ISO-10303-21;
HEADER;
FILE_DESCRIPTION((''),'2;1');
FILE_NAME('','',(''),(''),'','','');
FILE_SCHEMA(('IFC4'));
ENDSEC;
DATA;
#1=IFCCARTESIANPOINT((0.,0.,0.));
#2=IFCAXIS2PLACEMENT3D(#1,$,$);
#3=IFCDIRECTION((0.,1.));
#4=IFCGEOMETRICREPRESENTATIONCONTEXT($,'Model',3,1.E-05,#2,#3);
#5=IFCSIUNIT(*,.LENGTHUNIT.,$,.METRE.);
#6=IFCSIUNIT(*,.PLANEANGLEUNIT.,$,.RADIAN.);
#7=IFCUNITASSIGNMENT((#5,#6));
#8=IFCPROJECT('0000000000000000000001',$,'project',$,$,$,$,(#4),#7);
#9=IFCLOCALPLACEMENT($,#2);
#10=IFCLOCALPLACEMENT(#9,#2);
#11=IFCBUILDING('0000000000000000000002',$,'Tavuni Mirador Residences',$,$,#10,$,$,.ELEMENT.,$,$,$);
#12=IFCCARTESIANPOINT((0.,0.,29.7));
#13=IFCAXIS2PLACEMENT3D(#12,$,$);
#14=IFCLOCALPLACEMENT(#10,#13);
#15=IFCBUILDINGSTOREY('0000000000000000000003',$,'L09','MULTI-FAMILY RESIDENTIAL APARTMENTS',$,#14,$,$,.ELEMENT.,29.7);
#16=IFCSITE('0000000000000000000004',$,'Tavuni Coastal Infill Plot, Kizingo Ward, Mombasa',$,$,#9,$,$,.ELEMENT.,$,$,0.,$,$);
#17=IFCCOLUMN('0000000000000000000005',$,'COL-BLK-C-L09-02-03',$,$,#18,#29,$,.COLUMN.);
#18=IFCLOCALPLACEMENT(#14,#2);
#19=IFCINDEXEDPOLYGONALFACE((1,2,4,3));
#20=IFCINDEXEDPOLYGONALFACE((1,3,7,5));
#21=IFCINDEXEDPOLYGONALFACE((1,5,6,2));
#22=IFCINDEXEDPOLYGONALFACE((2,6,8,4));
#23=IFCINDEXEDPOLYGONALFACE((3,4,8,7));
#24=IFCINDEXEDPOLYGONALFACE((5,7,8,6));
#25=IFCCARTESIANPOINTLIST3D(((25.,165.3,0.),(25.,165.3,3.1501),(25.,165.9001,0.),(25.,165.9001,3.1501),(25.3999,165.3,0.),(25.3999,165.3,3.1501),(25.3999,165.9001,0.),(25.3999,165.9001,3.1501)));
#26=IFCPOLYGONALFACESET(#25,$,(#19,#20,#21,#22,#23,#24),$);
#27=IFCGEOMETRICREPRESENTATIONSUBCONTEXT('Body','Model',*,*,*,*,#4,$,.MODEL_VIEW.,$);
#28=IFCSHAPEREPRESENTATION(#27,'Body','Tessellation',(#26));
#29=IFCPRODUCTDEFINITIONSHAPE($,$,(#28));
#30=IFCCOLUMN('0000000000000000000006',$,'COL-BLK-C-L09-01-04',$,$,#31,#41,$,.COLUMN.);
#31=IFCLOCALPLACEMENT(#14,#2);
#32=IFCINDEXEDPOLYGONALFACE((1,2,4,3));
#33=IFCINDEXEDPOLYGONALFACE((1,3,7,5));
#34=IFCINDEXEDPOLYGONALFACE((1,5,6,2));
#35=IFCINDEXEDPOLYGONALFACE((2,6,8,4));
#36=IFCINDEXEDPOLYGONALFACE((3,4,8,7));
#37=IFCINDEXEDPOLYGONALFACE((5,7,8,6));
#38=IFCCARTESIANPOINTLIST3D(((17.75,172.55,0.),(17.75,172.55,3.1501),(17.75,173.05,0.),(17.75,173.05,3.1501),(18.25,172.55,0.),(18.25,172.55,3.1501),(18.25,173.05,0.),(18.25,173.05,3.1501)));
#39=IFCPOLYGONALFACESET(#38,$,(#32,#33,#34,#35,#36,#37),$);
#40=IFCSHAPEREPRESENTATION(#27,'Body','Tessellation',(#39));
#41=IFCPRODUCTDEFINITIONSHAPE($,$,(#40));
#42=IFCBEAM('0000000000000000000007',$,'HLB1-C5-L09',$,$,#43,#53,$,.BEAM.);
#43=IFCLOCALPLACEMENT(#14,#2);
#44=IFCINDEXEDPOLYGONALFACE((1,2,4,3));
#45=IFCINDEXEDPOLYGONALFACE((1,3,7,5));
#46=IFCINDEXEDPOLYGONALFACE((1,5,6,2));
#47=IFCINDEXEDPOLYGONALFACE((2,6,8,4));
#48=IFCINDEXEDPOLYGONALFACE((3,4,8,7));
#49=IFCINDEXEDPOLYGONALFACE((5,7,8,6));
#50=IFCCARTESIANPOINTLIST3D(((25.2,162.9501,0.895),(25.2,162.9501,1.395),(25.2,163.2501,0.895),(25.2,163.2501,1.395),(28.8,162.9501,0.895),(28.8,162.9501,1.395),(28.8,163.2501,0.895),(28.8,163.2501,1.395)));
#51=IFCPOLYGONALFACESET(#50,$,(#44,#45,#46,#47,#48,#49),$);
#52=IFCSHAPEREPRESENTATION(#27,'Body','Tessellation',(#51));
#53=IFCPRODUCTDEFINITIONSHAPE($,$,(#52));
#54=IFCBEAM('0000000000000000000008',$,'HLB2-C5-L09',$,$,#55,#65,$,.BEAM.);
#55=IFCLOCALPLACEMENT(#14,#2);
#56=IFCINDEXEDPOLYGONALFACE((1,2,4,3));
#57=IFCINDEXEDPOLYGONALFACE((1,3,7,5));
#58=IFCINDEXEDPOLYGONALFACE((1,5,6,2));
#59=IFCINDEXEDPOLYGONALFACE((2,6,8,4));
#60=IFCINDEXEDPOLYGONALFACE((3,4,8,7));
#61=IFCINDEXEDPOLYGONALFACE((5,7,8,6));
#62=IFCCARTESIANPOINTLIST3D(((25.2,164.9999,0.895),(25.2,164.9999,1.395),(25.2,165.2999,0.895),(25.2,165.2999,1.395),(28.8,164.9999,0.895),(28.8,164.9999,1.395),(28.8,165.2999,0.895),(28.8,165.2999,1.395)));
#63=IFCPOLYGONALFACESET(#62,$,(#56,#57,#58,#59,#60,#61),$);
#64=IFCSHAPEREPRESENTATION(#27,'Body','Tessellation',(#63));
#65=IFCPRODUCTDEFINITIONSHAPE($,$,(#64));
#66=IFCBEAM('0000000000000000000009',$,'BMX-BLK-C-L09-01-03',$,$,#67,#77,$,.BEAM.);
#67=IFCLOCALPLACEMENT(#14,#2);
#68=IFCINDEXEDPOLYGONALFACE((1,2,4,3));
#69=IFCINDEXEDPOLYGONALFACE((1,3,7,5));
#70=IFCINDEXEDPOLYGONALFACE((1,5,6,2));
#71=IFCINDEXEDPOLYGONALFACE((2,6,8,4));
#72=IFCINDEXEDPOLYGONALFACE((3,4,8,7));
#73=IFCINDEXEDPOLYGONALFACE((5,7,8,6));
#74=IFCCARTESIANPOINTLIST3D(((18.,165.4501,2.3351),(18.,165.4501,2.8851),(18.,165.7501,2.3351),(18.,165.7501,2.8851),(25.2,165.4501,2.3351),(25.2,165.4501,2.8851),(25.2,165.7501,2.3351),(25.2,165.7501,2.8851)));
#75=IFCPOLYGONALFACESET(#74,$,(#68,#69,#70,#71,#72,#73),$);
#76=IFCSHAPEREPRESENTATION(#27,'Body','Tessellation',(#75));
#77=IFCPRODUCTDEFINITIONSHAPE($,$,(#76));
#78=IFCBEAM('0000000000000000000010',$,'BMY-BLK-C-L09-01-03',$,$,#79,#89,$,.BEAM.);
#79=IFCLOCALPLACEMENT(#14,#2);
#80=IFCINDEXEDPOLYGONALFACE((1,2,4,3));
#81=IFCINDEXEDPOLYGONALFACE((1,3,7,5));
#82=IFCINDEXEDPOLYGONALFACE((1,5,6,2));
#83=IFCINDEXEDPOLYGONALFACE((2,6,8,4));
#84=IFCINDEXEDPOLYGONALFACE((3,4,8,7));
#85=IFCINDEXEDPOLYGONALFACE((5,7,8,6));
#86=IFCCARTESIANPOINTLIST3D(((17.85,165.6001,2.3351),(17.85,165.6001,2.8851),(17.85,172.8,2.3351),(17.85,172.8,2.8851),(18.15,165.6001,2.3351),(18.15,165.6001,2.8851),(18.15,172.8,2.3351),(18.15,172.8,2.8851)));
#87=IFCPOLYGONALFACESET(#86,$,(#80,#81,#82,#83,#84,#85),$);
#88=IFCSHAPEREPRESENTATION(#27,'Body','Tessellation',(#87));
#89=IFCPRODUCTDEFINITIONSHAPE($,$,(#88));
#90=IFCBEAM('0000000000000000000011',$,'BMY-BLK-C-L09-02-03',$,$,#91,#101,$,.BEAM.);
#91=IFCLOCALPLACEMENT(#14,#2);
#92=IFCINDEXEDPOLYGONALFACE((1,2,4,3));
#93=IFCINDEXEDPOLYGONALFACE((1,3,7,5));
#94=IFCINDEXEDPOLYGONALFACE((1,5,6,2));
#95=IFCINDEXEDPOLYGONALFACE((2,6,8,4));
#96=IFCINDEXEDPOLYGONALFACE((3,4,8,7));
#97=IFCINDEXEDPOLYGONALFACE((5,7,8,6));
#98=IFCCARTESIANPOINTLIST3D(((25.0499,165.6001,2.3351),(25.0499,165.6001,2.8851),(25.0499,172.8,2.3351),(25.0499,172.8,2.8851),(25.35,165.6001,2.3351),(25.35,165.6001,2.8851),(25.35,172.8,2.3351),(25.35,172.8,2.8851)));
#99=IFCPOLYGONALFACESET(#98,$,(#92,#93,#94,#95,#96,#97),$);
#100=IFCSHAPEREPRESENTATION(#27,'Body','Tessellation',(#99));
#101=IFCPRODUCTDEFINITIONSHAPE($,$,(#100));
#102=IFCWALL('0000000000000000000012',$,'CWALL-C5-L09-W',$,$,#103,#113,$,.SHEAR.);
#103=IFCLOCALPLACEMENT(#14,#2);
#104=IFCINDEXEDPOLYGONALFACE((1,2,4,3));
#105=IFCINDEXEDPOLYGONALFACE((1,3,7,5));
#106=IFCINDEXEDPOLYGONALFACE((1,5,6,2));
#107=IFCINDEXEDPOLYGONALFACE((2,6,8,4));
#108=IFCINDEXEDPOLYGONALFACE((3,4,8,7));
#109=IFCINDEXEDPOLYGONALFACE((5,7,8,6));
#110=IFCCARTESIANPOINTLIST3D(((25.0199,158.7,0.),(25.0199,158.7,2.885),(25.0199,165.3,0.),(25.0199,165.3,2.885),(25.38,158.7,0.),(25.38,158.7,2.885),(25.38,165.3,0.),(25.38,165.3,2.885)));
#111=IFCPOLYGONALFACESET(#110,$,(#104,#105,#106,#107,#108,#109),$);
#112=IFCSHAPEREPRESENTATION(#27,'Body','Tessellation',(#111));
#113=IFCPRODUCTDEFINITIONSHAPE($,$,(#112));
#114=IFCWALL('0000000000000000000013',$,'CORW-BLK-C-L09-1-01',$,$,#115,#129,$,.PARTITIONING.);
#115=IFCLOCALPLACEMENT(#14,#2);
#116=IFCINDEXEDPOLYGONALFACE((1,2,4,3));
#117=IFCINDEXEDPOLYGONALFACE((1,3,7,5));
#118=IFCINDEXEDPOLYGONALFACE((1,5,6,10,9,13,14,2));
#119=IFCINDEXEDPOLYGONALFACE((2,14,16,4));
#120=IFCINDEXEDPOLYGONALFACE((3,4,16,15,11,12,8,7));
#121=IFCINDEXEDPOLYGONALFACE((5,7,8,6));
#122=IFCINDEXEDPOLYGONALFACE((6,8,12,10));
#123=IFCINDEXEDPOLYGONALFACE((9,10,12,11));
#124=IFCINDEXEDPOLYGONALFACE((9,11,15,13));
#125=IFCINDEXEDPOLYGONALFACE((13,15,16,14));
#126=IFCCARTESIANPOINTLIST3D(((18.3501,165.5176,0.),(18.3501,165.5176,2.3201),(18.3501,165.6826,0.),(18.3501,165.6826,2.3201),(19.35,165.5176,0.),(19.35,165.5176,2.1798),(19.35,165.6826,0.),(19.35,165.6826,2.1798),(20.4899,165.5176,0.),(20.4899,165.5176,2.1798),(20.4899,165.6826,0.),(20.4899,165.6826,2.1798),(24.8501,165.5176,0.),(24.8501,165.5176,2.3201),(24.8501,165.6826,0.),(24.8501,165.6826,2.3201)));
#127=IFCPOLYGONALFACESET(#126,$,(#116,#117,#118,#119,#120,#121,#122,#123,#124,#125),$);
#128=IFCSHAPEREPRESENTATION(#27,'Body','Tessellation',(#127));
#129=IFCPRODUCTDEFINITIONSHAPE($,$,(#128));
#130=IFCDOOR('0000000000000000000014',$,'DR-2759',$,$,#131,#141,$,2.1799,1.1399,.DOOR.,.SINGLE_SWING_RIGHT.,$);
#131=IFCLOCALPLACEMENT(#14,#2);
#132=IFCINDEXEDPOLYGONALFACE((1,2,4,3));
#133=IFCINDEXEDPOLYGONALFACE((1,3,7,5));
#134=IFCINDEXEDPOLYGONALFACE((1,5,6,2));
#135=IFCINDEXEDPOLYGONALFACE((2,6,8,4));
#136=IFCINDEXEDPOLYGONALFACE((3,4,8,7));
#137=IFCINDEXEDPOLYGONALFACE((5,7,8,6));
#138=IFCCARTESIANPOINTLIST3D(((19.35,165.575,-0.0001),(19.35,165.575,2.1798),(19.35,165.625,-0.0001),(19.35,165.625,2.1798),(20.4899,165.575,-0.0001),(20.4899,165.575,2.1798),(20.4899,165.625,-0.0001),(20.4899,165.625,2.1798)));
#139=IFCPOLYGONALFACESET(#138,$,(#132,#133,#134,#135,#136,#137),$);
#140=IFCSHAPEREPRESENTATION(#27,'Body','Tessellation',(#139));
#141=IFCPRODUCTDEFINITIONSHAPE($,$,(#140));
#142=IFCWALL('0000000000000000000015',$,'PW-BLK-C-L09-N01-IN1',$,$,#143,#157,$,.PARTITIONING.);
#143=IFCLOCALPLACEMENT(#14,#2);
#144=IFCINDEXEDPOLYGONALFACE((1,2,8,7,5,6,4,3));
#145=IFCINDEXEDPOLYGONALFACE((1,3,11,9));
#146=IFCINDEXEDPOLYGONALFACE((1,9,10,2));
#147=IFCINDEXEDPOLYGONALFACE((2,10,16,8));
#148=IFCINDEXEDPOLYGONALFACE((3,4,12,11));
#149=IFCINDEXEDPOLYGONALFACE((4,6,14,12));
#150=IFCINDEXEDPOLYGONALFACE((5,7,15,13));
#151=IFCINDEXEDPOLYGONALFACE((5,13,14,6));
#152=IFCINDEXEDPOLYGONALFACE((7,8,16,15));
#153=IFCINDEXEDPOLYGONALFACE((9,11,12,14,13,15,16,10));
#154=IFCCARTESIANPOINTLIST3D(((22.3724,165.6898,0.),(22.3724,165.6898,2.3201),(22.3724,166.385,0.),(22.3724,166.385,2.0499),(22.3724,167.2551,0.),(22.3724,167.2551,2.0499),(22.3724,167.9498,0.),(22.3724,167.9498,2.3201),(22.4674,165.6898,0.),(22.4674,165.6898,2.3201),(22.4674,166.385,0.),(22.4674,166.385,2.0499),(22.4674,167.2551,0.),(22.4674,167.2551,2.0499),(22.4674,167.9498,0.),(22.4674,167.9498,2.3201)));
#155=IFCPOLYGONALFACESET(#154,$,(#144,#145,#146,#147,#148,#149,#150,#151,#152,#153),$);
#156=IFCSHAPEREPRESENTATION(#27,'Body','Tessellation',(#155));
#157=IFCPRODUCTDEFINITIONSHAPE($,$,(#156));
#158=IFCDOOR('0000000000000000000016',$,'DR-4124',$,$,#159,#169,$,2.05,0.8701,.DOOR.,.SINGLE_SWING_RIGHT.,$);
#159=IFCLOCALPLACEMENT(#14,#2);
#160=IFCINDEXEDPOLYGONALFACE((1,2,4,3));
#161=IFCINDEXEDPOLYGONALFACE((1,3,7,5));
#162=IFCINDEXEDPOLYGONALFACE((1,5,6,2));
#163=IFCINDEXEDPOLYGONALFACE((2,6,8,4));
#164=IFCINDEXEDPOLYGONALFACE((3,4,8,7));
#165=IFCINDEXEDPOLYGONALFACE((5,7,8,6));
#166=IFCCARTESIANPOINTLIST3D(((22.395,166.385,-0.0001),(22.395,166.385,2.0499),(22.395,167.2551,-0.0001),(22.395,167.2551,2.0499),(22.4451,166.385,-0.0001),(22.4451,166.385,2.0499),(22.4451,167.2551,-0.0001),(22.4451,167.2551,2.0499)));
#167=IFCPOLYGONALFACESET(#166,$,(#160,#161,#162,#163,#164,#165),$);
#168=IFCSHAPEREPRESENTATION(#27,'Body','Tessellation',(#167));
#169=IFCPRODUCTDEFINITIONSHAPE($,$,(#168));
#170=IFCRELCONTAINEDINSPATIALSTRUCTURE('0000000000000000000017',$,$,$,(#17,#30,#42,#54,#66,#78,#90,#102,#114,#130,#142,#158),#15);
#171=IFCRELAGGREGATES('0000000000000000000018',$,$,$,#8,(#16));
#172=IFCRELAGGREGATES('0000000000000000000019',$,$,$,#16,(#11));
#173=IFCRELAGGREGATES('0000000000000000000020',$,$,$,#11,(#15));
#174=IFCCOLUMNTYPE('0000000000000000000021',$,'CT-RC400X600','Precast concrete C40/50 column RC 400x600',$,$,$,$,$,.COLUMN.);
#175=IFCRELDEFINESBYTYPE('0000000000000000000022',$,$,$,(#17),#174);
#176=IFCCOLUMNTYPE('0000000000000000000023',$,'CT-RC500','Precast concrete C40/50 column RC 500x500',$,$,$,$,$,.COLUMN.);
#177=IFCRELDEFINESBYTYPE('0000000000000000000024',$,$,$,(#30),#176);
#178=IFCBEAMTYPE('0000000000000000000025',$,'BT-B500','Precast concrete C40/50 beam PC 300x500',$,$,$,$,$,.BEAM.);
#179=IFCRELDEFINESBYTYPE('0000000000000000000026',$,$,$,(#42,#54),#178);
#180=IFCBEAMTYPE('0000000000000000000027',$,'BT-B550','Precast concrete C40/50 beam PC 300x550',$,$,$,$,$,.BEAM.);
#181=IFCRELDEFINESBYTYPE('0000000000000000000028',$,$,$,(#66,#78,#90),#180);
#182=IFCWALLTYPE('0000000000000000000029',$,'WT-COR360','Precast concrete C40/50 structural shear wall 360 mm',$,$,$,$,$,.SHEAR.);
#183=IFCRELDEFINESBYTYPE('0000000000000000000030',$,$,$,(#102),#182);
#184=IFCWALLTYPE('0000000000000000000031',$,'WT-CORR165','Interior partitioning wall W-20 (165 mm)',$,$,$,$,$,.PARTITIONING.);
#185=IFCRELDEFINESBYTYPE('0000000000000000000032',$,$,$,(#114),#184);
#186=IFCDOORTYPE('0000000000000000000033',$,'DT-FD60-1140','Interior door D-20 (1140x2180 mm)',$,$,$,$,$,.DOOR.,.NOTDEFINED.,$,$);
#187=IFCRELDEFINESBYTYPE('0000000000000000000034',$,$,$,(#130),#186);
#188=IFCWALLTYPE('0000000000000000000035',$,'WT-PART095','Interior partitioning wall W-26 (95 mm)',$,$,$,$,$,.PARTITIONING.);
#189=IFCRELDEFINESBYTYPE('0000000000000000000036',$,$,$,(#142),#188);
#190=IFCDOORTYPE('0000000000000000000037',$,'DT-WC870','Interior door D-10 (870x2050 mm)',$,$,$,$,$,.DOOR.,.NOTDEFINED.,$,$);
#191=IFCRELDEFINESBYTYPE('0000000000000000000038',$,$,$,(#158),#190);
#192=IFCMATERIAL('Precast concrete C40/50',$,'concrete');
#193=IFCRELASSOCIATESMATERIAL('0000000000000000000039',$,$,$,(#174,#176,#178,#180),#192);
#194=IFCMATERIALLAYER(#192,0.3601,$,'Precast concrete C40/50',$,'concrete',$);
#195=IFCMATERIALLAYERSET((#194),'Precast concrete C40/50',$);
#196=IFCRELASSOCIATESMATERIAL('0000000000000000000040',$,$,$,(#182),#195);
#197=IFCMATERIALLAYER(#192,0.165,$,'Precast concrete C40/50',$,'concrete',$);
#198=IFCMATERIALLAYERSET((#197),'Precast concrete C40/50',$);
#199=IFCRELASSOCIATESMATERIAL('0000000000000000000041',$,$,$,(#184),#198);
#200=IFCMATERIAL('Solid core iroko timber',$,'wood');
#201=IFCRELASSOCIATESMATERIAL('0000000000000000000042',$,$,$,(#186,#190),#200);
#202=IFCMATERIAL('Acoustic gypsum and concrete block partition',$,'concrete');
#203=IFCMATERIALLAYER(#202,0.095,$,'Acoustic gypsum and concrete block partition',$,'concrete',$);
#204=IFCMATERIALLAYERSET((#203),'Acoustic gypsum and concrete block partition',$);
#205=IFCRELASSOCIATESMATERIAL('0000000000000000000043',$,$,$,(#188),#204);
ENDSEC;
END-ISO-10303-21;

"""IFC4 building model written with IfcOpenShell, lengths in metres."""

from ifc_helpers import new_model, si_unit, direction, frame, frame_2d, origin, origin_2d, place, context, subcontext, project, spatial, rectangle, extrude, material, layer, layer_set, material_profile, profile_set, type_object, element, fill, save


model = new_model("IFC4")

# Units and contexts
model_context = context("Model", 3, precision=1e-05, world=origin(), true_north=direction((0.0, 1.0)))
body_context = subcontext(model_context, "Body", "Model", "MODEL_VIEW")
ifc_project = project(units=[si_unit("LENGTHUNIT", "METRE"), si_unit("PLANEANGLEUNIT", "RADIAN")], contexts=[model_context])

# Site, building, storey
site_placement = place(None, origin())
site = spatial("IfcSite", under=ifc_project, at=site_placement, Name="Tavuni Coastal Infill Plot, Kizingo Ward, Mombasa", CompositionType="ELEMENT", RefElevation=0.0)
building_placement = place(site_placement, origin())
building = spatial("IfcBuilding", under=site, at=building_placement, Name="Tavuni Mirador Residences", CompositionType="ELEMENT")
storey_placement = place(building_placement, frame((0.0, 0.0, 29.7)))
storey = spatial("IfcBuildingStorey", under=building, at=storey_placement, Name="L09", Description="MULTI-FAMILY RESIDENTIAL APARTMENTS", CompositionType="ELEMENT", Elevation=29.7)

# Columns
ifc_material_1 = material(Name="Precast concrete C40/50", Category="concrete")
ifc_material_profile_1 = material_profile(ifc_material_1, rectangle(XDim=0.3999, YDim=0.6001, at=origin_2d()), Name="RC 400x600", Category="concrete")
ifc_profile_set_1 = profile_set([ifc_material_profile_1], Name="Precast concrete C40/50")
column_type_1 = type_object("IfcColumnType", Name="CT-RC400X600", Description="Precast concrete C40/50 column RC 400x600", PredefinedType="COLUMN", material=ifc_profile_set_1)
column_1_placement = place(storey_placement, frame((25.2, 165.6001, 0.0), z_axis=(0.0, 0.0, 1.0), x_axis=(1.0, 0.0, 0.0)))
element("IfcColumn", 1, at=column_1_placement, inside=storey, type_object=column_type_1, Name="COL-BLK-C-L09-02-03", PredefinedType="COLUMN", context=body_context, shape_type="SweptSolid", body=[
    extrude(rectangle(XDim=0.3999, YDim=0.6001, at=origin_2d()), origin(), (0.0, 0.0, 1.0), 3.1501),
])
ifc_material_profile_2 = material_profile(ifc_material_1, rectangle(XDim=0.5, YDim=0.5, at=origin_2d()), Name="RC 500x500", Category="concrete")
ifc_profile_set_2 = profile_set([ifc_material_profile_2], Name="Precast concrete C40/50")
column_type_2 = type_object("IfcColumnType", Name="CT-RC500", Description="Precast concrete C40/50 column RC 500x500", PredefinedType="COLUMN", material=ifc_profile_set_2)
column_2_placement = place(storey_placement, frame((18.0, 172.8, 0.0), z_axis=(0.0, 0.0, 1.0), x_axis=(1.0, 0.0, 0.0)))
element("IfcColumn", 2, at=column_2_placement, inside=storey, type_object=column_type_2, Name="COL-BLK-C-L09-01-04", PredefinedType="COLUMN", context=body_context, shape_type="SweptSolid", body=[
    extrude(rectangle(XDim=0.5, YDim=0.5, at=origin_2d()), origin(), (0.0, 0.0, 1.0), 3.1501),
])

# Beams
ifc_material_profile_3 = material_profile(ifc_material_1, rectangle(XDim=0.3, YDim=0.5, at=origin_2d()), Name="PC 300x500", Category="concrete")
ifc_profile_set_3 = profile_set([ifc_material_profile_3], Name="Precast concrete C40/50")
beam_type_1 = type_object("IfcBeamType", Name="BT-B500", Description="Precast concrete C40/50 beam PC 300x500", PredefinedType="BEAM", material=ifc_profile_set_3)
for number, where, z_axis, x_axis, name in (
    (3, (25.2, 163.1001, 1.145), (1.0, 0.0, 0.0), (0.0, 1.0, 0.0), "HLB1-C5-L09"),
    (4, (25.2, 165.1499, 1.145), (1.0, 0.0, 0.0), (0.0, 1.0, 0.0), "HLB2-C5-L09"),
):
    element("IfcBeam", number, at=place(storey_placement, frame(where, z_axis=z_axis, x_axis=x_axis)), inside=storey, type_object=beam_type_1, Name=name, PredefinedType="BEAM", context=body_context, shape_type="SweptSolid", body=[
        extrude(rectangle(XDim=0.3, YDim=0.5, at=origin_2d()), origin(), (0.0, 0.0, 1.0), 3.6001),
    ])
ifc_material_profile_4 = material_profile(ifc_material_1, rectangle(XDim=0.3, YDim=0.55, at=origin_2d()), Name="PC 300x550", Category="concrete")
ifc_profile_set_4 = profile_set([ifc_material_profile_4], Name="Precast concrete C40/50")
beam_type_2 = type_object("IfcBeamType", Name="BT-B550", Description="Precast concrete C40/50 beam PC 300x550", PredefinedType="BEAM", material=ifc_profile_set_4)
for number, where, z_axis, x_axis, name in (
    (5, (18.0, 165.6001, 2.6101), (1.0, 0.0, 0.0), (0.0, 1.0, 0.0), "BMX-BLK-C-L09-01-03"),
    (6, (18.0, 165.6001, 2.6101), (0.0, 1.0, 0.0), (-1.0, 0.0, 0.0), "BMY-BLK-C-L09-01-03"),
    (7, (25.2, 165.6001, 2.6101), (0.0, 1.0, 0.0), (-1.0, 0.0, 0.0), "BMY-BLK-C-L09-02-03"),
):
    element("IfcBeam", number, at=place(storey_placement, frame(where, z_axis=z_axis, x_axis=x_axis)), inside=storey, type_object=beam_type_2, Name=name, PredefinedType="BEAM", context=body_context, shape_type="SweptSolid", body=[
        extrude(rectangle(XDim=0.3, YDim=0.55, at=origin_2d()), origin(), (0.0, 0.0, 1.0), 7.2),
    ])

# Wall
ifc_layer_1 = layer(ifc_material_1, 0.3601, Name="Precast concrete C40/50", Category="concrete")
ifc_layer_set_1 = layer_set([ifc_layer_1], Name="Precast concrete C40/50")
wall_type_1 = type_object("IfcWallType", Name="WT-COR360", Description="Precast concrete C40/50 structural shear wall 360 mm", PredefinedType="SHEAR", material=ifc_layer_set_1)
wall_1_placement = place(storey_placement, frame((25.2, 158.7, 0.0), z_axis=(0.0, 0.0, 1.0), x_axis=(0.0, 1.0, 0.0)))
element("IfcWall", 8, at=wall_1_placement, inside=storey, type_object=wall_type_1, Name="CWALL-C5-L09-W", PredefinedType="SHEAR", context=body_context, shape_type="SweptSolid", body=[
    extrude(rectangle(XDim=6.6001, YDim=0.3601, at=frame_2d((3.3, 0.0))), origin(), (0.0, 0.0, 1.0), 2.885),
])

# Walls, openings, doors
ifc_layer_2 = layer(ifc_material_1, 0.165, Name="Precast concrete C40/50", Category="concrete")
ifc_layer_set_2 = layer_set([ifc_layer_2], Name="Precast concrete C40/50")
wall_type_2 = type_object("IfcWallType", Name="WT-CORR165", Description="Interior partitioning wall W-20 (165 mm)", PredefinedType="PARTITIONING", material=ifc_layer_set_2)
wall_2_placement = place(storey_placement, frame((18.3501, 165.6001, 0.0), z_axis=(0.0, 0.0, 1.0), x_axis=(1.0, 0.0, 0.0)))
wall_2 = element("IfcWall", 9, at=wall_2_placement, inside=storey, type_object=wall_type_2, Name="CORW-BLK-C-L09-1-01", PredefinedType="PARTITIONING", context=body_context, shape_type="SweptSolid", body=[
    extrude(rectangle(XDim=6.5, YDim=0.165, at=frame_2d((3.25, 0.0))), origin(), (0.0, 0.0, 1.0), 2.3201),
])
opening_1_placement = place(wall_2_placement, frame((1.0, 0.0, 0.0)))
opening_1 = element("IfcOpeningElement", 10, at=opening_1_placement, cuts=wall_2, PredefinedType="OPENING", context=body_context, shape_type="SweptSolid", body=[
    extrude(rectangle(XDim=1.1399, YDim=2.1799, at=frame_2d((0.5698, 1.0898))), frame((0.0, 0.0925, 0.0), z_axis=(0.0, -1.0, 0.0), x_axis=(1.0, 0.0, 0.0)), (0.0, 0.0, 1.0), 0.1851),
])
ifc_material_2 = material(Name="Solid core iroko timber", Category="wood")
door_type_1 = type_object("IfcDoorType", Name="DT-FD60-1140", Description="Interior door D-20 (1140x2180 mm)", OperationType="NOTDEFINED", PredefinedType="DOOR", material=ifc_material_2)
door_1_placement = place(opening_1_placement, origin())
door_1 = element("IfcDoor", 11, at=door_1_placement, inside=storey, type_object=door_type_1, Name="DR-2759", OperationType="SINGLE_SWING_RIGHT", OverallHeight=2.1799, OverallWidth=1.1399, PredefinedType="DOOR", context=body_context, shape_type="SweptSolid", body=[
    extrude(rectangle(XDim=1.1399, YDim=2.1799, at=frame_2d((0.5698, 1.0898))), frame((0.0, 0.0249, 0.0), z_axis=(0.0, -1.0, 0.0), x_axis=(1.0, 0.0, 0.0)), (0.0, 0.0, 1.0), 0.05),
])
fill(opening_1, door_1)
ifc_material_3 = material(Name="Acoustic gypsum and concrete block partition", Category="concrete")
ifc_layer_3 = layer(ifc_material_3, 0.095, Name="Acoustic gypsum and concrete block partition", Category="concrete")
ifc_layer_set_3 = layer_set([ifc_layer_3], Name="Acoustic gypsum and concrete block partition")
wall_type_3 = type_object("IfcWallType", Name="WT-PART095", Description="Interior partitioning wall W-26 (95 mm)", PredefinedType="PARTITIONING", material=ifc_layer_set_3)
wall_3_placement = place(storey_placement, frame((22.4199, 165.6899, 0.0), z_axis=(0.0, 0.0, 1.0), x_axis=(0.0, 1.0, 0.0)))
wall_3 = element("IfcWall", 12, at=wall_3_placement, inside=storey, type_object=wall_type_3, Name="PW-BLK-C-L09-N01-IN1", PredefinedType="PARTITIONING", context=body_context, shape_type="SweptSolid", body=[
    extrude(rectangle(XDim=2.26, YDim=0.095, at=frame_2d((1.1299, 0.0))), origin(), (0.0, 0.0, 1.0), 2.3201),
])
opening_2_placement = place(wall_3_placement, frame((0.6951, 0.0, 0.0)))
opening_2 = element("IfcOpeningElement", 13, at=opening_2_placement, cuts=wall_3, PredefinedType="OPENING", context=body_context, shape_type="SweptSolid", body=[
    extrude(rectangle(XDim=0.8701, YDim=2.05, at=frame_2d((0.4351, 1.0249))), frame((0.0, 0.0576, 0.0), z_axis=(0.0, -1.0, 0.0), x_axis=(1.0, 0.0, 0.0)), (0.0, 0.0, 1.0), 0.115),
])
door_type_2 = type_object("IfcDoorType", Name="DT-WC870", Description="Interior door D-10 (870x2050 mm)", OperationType="NOTDEFINED", PredefinedType="DOOR", material=ifc_material_2)
door_2_placement = place(opening_2_placement, origin())
door_2 = element("IfcDoor", 14, at=door_2_placement, inside=storey, type_object=door_type_2, Name="DR-4124", OperationType="SINGLE_SWING_RIGHT", OverallHeight=2.05, OverallWidth=0.8701, PredefinedType="DOOR", context=body_context, shape_type="SweptSolid", body=[
    extrude(rectangle(XDim=0.8701, YDim=2.05, at=frame_2d((0.4351, 1.0249))), frame((0.0, 0.0249, 0.0), z_axis=(0.0, -1.0, 0.0), x_axis=(1.0, 0.0, 0.0)), (0.0, 0.0, 1.0), 0.05),
])
fill(opening_2, door_2)

save(model, "model.ifc")
